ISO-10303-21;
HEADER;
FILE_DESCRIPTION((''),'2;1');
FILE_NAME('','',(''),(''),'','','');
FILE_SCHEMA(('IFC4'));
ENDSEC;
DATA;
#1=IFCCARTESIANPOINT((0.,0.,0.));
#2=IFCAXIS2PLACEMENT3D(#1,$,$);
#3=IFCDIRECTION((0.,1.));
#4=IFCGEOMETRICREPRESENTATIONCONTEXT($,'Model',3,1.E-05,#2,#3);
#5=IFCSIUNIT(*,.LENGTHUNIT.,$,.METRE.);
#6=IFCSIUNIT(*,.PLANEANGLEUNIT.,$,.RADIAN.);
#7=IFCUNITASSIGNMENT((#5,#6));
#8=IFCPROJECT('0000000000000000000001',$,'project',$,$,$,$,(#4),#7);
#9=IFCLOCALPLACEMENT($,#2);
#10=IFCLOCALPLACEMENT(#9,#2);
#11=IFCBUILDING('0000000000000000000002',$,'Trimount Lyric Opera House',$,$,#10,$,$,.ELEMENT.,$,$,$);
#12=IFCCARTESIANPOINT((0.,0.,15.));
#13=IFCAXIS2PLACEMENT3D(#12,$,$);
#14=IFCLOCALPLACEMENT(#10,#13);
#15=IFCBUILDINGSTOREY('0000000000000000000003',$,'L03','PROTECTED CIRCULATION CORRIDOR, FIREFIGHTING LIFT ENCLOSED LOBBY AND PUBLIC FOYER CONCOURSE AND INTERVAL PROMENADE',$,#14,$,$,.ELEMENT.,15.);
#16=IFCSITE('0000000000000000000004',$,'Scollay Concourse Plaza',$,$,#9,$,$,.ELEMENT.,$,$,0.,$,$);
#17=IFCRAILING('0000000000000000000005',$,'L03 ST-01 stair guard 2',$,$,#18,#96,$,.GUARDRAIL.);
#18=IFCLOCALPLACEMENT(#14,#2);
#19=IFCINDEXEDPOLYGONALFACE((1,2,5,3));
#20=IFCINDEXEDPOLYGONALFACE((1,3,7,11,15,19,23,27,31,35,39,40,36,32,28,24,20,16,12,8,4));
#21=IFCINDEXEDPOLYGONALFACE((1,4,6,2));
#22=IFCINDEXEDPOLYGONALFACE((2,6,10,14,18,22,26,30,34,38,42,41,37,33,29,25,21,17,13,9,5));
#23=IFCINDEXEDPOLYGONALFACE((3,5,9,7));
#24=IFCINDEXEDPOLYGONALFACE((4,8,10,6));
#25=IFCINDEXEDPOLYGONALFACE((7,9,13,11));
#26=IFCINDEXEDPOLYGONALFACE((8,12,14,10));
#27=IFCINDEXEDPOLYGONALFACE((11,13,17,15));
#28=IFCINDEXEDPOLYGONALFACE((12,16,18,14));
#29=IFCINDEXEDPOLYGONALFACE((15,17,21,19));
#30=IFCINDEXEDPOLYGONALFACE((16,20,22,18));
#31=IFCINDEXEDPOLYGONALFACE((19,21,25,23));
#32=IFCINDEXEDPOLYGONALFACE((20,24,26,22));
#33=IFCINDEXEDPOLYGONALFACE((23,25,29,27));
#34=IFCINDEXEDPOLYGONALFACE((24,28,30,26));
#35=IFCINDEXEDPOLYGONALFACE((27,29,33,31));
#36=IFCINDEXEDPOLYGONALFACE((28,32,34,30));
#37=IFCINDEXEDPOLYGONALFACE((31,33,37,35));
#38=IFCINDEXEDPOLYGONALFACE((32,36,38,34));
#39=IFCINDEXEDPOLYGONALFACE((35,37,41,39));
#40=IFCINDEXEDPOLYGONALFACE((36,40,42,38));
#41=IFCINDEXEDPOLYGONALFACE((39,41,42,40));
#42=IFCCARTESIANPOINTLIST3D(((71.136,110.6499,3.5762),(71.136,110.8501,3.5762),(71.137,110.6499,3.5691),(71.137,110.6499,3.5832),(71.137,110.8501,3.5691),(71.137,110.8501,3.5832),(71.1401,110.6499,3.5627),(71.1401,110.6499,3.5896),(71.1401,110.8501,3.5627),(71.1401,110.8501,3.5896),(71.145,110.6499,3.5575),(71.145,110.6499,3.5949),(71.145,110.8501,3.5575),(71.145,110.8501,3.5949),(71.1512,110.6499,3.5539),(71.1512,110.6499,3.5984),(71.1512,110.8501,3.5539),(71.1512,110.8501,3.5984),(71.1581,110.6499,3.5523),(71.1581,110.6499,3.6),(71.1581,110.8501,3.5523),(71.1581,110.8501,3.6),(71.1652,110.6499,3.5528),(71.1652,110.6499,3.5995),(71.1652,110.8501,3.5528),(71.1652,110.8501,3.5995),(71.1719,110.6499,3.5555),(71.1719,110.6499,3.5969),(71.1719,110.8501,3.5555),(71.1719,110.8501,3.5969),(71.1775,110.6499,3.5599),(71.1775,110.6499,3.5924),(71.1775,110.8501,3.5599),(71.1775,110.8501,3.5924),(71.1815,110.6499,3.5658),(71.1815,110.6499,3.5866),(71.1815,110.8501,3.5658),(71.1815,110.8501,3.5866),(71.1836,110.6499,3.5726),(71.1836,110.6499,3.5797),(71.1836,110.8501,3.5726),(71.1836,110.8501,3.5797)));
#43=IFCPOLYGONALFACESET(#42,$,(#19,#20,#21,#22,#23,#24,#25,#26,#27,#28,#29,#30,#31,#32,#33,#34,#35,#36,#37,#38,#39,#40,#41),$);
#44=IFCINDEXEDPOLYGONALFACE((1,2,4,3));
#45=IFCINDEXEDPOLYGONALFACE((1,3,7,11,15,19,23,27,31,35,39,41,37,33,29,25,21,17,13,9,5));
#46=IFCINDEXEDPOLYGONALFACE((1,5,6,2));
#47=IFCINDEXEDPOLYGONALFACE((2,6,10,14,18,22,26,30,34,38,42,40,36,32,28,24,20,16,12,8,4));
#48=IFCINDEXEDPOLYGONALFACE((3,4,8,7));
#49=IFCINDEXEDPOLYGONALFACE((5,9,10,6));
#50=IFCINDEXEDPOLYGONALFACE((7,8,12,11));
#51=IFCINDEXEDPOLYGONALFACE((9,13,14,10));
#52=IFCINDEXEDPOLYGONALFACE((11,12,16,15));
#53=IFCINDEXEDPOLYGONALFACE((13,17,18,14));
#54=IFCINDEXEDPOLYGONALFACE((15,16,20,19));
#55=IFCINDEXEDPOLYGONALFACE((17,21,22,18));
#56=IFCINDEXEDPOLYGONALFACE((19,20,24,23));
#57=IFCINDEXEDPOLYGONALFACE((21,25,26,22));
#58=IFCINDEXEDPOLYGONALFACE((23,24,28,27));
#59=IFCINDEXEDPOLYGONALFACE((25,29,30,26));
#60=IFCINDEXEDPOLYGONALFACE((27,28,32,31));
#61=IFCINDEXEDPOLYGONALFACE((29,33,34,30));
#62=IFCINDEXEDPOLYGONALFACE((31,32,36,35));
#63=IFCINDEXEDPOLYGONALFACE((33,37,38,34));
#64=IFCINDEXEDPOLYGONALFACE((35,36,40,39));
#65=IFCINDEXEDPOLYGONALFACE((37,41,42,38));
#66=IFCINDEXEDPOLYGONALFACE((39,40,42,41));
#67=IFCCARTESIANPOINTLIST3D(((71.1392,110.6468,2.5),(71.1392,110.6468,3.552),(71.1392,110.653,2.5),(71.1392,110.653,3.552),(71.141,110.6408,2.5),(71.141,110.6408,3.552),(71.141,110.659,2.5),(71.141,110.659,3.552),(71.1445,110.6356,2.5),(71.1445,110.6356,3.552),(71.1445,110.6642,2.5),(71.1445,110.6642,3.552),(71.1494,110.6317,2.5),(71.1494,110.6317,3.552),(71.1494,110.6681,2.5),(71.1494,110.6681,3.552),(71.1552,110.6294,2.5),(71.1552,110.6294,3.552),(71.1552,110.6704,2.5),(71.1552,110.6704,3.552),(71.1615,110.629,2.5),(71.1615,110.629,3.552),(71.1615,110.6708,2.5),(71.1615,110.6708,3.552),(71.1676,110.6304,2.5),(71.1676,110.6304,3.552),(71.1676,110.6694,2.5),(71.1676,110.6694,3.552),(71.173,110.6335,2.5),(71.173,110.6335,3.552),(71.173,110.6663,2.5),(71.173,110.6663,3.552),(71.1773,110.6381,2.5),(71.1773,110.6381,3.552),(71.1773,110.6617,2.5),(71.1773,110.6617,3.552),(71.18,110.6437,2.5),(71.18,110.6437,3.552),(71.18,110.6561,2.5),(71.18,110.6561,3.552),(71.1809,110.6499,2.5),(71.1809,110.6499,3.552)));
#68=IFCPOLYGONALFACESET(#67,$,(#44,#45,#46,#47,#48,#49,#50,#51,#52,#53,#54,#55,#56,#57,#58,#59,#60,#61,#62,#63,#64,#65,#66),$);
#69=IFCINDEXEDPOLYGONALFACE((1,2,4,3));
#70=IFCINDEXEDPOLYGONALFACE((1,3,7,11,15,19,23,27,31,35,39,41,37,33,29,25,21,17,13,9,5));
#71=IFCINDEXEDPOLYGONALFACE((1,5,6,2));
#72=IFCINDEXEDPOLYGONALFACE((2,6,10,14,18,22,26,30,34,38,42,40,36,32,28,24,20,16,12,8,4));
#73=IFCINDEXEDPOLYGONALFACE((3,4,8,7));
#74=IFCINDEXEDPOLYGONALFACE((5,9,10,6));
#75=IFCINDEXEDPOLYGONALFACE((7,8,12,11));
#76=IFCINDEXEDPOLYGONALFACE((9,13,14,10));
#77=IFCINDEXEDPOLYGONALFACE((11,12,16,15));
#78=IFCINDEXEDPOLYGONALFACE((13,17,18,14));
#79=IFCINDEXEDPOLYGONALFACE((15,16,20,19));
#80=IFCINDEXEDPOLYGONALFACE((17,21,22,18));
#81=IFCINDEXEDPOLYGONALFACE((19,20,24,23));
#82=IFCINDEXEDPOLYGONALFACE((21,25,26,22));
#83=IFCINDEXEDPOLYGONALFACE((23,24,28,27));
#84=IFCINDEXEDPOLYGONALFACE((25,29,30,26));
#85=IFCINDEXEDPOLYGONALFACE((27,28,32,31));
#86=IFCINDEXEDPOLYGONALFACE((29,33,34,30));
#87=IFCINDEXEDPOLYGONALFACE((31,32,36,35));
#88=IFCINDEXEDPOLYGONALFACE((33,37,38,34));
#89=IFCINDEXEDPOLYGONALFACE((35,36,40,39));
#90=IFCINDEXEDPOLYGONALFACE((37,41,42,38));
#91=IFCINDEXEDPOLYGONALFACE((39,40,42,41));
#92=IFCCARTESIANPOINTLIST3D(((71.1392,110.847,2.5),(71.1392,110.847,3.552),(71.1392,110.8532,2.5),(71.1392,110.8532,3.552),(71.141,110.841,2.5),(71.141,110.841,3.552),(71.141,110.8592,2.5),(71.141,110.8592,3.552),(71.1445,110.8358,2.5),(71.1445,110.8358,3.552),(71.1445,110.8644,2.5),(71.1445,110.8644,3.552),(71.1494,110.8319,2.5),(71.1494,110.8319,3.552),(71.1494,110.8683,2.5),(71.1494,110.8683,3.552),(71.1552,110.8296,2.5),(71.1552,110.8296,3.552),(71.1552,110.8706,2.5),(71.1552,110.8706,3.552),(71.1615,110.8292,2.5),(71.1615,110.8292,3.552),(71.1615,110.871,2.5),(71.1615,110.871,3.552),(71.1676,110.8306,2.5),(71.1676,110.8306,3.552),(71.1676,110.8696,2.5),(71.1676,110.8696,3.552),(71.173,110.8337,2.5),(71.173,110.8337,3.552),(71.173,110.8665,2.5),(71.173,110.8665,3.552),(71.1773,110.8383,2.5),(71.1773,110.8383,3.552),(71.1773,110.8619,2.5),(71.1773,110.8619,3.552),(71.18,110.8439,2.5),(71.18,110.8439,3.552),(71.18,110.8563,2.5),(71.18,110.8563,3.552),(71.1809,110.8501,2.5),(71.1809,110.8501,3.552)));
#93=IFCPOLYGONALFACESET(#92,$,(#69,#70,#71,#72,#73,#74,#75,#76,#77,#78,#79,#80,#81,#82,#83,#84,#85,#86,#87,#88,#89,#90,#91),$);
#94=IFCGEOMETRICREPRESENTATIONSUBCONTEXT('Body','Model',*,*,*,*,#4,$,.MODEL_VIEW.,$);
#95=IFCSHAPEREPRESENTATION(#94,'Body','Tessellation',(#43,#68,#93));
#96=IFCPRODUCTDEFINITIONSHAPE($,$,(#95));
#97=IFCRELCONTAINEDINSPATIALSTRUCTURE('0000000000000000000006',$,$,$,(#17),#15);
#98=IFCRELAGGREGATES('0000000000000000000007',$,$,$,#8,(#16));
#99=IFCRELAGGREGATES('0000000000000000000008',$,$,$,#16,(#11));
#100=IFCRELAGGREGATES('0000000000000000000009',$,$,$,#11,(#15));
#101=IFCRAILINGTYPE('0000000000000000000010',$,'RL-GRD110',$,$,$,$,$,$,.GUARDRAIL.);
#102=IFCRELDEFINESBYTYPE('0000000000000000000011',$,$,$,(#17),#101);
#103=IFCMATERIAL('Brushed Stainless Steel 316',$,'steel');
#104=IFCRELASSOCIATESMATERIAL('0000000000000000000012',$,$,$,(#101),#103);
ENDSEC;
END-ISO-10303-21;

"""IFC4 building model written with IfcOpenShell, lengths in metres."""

from ifc_helpers import new_model, si_unit, direction, frame, origin, origin_2d, place, context, subcontext, project, spatial, circle, extrude, material, type_object, element, save


model = new_model("IFC4")

# Units and contexts
model_context = context("Model", 3, precision=1e-05, world=origin(), true_north=direction((0.0, 1.0)))
body_context = subcontext(model_context, "Body", "Model", "MODEL_VIEW")
ifc_project = project(units=[si_unit("LENGTHUNIT", "METRE"), si_unit("PLANEANGLEUNIT", "RADIAN")], contexts=[model_context])

# Site, building, storey
site_placement = place(None, origin())
site = spatial("IfcSite", under=ifc_project, at=site_placement, Name="Scollay Concourse Plaza", CompositionType="ELEMENT", RefElevation=0.0)
building_placement = place(site_placement, origin())
building = spatial("IfcBuilding", under=site, at=building_placement, Name="Trimount Lyric Opera House", CompositionType="ELEMENT")
storey_placement = place(building_placement, frame((0.0, 0.0, 15.0)))
storey = spatial("IfcBuildingStorey", under=building, at=storey_placement, Name="L03", Description="PROTECTED CIRCULATION CORRIDOR, FIREFIGHTING LIFT ENCLOSED LOBBY AND PUBLIC FOYER CONCOURSE AND INTERVAL PROMENADE", CompositionType="ELEMENT", Elevation=15.0)

# Railing
ifc_material_1 = material(Name="Brushed Stainless Steel 316", Category="steel")
railing_type_1 = type_object("IfcRailingType", Name="RL-GRD110", PredefinedType="GUARDRAIL", material=ifc_material_1)
railing_1_placement = place(storey_placement, frame((71.1599, 110.6499, 2.5)))
element("IfcRailing", 1, at=railing_1_placement, inside=storey, type_object=railing_type_1, Name="L03 ST-01 stair guard 2", PredefinedType="GUARDRAIL", context=body_context, shape_type="SweptSolid", body=[
    extrude(circle(Radius=0.0239, at=origin_2d()), frame((0.0, 0.0, 1.0762), z_axis=(0.0, 1.0, 0.0), x_axis=(-1.0, 0.0, 0.0)), (0.0, 0.0, 1.0), 0.2002),
    extrude(circle(Radius=0.021, at=origin_2d()), origin(), (0.0, 0.0, 1.0), 1.052),
    extrude(circle(Radius=0.021, at=origin_2d()), frame((0.0, 0.2002, 0.0)), (0.0, 0.0, 1.0), 1.052),
])

save(model, "model.ifc")
